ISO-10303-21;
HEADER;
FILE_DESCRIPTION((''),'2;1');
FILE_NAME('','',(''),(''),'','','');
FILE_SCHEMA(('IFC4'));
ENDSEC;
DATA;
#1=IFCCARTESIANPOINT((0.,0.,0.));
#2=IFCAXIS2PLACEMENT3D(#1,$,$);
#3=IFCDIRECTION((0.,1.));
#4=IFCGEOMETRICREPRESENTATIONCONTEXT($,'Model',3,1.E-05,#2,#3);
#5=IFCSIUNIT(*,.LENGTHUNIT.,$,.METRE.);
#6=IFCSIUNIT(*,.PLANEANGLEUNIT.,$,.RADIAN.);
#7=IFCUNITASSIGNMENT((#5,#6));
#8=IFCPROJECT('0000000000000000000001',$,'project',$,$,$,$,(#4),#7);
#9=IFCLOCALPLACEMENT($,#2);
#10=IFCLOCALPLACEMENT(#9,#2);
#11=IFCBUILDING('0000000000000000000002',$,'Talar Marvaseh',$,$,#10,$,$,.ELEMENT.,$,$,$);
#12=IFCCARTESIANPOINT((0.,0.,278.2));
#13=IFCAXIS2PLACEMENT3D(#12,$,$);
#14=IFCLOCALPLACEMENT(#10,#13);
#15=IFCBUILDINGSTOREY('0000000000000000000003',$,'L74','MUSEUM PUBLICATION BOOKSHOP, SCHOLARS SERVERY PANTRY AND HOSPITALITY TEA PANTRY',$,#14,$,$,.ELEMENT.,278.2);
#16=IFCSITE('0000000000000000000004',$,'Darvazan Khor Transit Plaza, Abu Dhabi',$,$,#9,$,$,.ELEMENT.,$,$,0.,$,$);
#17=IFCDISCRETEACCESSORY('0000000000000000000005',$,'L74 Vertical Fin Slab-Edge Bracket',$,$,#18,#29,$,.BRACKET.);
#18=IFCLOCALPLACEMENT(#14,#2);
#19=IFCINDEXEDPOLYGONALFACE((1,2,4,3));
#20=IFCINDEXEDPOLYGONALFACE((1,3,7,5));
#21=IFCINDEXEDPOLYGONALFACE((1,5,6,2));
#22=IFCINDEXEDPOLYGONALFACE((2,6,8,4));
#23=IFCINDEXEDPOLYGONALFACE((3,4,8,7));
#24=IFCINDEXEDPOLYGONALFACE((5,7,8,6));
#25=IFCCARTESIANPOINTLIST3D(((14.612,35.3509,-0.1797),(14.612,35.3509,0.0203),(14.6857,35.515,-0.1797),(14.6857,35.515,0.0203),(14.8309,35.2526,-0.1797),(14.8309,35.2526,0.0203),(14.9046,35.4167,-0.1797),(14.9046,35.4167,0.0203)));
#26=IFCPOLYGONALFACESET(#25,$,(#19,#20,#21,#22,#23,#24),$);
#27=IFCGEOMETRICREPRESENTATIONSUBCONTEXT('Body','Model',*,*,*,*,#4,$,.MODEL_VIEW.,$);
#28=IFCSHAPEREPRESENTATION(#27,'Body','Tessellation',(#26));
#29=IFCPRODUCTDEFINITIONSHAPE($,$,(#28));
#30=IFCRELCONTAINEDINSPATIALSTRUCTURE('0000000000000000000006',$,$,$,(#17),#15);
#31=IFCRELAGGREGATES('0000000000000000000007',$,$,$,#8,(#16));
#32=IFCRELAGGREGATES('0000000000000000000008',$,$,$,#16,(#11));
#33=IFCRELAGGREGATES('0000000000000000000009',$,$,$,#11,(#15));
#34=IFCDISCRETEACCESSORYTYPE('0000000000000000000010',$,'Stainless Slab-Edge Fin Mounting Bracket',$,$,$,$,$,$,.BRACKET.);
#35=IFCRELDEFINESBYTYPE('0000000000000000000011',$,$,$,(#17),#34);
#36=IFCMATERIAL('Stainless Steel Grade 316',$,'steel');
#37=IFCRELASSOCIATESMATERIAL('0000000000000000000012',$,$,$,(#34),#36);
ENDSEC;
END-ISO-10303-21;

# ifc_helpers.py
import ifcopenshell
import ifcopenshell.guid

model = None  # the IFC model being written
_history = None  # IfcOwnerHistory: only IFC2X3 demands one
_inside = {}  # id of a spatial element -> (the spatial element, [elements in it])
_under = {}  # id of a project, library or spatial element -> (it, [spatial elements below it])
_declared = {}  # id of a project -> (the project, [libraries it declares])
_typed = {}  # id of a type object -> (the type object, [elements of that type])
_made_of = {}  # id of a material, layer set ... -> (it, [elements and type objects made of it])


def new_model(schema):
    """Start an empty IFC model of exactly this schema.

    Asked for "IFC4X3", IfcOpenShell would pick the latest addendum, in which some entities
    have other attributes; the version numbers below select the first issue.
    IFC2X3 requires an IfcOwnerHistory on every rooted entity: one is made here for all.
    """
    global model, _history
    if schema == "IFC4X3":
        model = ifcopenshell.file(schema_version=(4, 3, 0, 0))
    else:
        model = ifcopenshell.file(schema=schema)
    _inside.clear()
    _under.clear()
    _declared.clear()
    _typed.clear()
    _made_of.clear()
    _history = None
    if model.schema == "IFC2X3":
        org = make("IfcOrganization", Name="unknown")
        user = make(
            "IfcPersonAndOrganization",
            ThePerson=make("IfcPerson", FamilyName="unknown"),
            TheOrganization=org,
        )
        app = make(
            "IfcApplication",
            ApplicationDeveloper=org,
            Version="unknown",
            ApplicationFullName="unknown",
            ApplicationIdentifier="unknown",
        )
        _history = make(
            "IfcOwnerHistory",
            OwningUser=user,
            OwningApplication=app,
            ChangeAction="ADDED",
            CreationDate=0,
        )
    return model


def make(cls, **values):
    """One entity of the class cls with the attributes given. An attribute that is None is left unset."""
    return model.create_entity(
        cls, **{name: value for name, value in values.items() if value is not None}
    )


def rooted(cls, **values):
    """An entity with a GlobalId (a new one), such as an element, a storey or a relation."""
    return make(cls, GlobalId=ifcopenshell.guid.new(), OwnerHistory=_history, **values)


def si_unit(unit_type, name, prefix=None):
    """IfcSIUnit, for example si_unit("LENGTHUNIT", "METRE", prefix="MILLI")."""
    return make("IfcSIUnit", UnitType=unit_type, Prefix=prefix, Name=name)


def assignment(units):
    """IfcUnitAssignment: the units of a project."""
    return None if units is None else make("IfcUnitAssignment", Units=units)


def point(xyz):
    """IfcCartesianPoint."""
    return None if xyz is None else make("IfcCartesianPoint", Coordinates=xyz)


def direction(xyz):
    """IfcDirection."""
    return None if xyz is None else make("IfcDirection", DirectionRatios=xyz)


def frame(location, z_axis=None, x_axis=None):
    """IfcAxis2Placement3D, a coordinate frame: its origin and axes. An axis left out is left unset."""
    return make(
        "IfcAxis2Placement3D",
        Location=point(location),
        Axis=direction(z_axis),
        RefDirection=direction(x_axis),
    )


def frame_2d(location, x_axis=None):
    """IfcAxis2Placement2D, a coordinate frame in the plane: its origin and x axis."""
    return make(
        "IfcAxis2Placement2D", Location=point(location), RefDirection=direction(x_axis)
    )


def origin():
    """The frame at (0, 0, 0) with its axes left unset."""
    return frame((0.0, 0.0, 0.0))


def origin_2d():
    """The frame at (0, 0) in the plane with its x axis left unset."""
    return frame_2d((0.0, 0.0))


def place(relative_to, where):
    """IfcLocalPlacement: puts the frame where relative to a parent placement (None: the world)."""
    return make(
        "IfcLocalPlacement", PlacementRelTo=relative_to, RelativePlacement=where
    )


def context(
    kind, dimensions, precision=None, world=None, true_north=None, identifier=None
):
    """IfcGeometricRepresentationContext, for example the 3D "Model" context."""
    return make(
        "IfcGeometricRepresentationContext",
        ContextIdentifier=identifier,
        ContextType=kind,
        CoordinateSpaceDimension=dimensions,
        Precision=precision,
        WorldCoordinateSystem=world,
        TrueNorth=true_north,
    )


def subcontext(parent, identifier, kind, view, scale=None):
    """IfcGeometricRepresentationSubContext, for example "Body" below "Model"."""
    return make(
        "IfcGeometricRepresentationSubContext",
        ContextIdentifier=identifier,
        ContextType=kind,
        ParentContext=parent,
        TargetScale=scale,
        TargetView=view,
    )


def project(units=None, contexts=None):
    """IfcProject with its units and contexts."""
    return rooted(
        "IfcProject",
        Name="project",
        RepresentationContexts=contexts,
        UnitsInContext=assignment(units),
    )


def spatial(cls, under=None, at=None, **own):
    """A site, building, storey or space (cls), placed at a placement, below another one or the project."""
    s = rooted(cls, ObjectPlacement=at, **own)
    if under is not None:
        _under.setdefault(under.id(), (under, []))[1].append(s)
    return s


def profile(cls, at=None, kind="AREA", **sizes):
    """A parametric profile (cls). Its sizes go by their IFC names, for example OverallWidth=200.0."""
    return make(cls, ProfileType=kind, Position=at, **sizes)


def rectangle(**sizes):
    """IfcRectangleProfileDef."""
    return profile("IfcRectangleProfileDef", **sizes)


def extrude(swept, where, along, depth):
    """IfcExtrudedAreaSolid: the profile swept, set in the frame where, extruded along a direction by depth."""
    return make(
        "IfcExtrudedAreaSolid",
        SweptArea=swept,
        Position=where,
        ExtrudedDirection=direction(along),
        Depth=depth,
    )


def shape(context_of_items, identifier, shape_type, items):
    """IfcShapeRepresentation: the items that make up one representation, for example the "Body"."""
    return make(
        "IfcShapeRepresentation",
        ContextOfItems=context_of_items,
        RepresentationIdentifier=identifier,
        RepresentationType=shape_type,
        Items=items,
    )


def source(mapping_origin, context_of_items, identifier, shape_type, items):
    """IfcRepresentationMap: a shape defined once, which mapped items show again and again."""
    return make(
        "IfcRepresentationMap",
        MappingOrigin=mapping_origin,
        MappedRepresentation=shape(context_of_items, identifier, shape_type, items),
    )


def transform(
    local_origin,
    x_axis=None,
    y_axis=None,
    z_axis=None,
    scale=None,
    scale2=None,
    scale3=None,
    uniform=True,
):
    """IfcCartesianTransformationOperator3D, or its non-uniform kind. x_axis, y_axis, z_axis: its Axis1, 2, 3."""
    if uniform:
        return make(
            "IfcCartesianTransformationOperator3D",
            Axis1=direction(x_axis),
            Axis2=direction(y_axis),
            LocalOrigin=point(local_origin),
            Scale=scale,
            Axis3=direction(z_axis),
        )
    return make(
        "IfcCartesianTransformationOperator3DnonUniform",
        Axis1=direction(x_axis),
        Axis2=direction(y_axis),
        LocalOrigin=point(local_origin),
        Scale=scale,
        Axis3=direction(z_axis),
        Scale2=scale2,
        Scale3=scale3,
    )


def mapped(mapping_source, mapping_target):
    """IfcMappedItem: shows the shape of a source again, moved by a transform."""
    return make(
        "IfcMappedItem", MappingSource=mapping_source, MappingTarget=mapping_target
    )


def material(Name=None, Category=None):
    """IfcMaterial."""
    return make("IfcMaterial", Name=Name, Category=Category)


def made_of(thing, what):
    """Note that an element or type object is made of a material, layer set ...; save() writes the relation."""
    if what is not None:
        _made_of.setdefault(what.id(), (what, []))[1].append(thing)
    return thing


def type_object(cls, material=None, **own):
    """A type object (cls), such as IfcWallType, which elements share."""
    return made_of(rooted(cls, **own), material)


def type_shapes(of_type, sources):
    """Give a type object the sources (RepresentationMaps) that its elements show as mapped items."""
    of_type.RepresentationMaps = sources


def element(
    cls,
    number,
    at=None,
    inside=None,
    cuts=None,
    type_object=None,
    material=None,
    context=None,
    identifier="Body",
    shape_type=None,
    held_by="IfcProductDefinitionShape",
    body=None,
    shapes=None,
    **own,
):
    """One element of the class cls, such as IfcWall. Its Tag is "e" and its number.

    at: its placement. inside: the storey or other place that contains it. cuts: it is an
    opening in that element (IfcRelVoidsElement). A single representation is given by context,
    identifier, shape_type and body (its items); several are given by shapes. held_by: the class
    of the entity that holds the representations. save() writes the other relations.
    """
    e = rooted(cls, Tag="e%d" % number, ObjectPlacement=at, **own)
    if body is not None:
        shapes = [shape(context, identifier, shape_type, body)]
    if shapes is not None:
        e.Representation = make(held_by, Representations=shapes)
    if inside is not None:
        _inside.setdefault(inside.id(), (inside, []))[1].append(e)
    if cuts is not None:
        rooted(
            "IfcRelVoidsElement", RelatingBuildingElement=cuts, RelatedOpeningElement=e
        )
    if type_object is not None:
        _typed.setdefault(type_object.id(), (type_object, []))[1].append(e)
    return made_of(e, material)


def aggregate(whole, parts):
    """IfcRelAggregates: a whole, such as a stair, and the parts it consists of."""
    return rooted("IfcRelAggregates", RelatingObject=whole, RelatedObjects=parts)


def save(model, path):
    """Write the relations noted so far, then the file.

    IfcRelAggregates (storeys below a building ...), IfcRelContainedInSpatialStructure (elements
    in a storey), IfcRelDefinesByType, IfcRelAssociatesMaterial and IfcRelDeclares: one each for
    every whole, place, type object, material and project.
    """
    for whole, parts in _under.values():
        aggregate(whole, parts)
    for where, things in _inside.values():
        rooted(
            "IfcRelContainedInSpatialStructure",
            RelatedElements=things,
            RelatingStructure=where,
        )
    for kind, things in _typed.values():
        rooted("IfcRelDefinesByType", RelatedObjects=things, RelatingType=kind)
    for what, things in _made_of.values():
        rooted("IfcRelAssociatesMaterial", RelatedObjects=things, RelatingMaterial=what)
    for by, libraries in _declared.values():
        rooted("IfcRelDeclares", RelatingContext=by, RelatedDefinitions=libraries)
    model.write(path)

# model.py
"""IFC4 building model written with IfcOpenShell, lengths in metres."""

from ifc_helpers import new_model, si_unit, direction, frame, origin, origin_2d, place, context, subcontext, project, spatial, rectangle, extrude, source, transform, mapped, material, type_object, type_shapes, element, save


model = new_model("IFC4")

# Units and contexts
model_context = context("Model", 3, precision=1e-05, world=origin(), true_north=direction((0.0, 1.0)))
body_context = subcontext(model_context, "Body", "Model", "MODEL_VIEW")
ifc_project = project(units=[si_unit("LENGTHUNIT", "METRE"), si_unit("PLANEANGLEUNIT", "RADIAN")], contexts=[model_context])

# Site, building, storey
site_placement = place(None, origin())
site = spatial("IfcSite", under=ifc_project, at=site_placement, Name="Darvazan Khor Transit Plaza, Abu Dhabi", CompositionType="ELEMENT", RefElevation=0.0)
building_placement = place(site_placement, origin())
building = spatial("IfcBuilding", under=site, at=building_placement, Name="Talar Marvaseh", CompositionType="ELEMENT")
storey_placement = place(building_placement, frame((0.0, 0.0, 278.2)))
storey = spatial("IfcBuildingStorey", under=building, at=storey_placement, Name="L74", Description="MUSEUM PUBLICATION BOOKSHOP, SCHOLARS SERVERY PANTRY AND HOSPITALITY TEA PANTRY", CompositionType="ELEMENT", Elevation=278.2)

# Discrete accessory
ifc_material_1 = material(Name="Stainless Steel Grade 316", Category="steel")
discrete_accessory_type = type_object("IfcDiscreteAccessoryType", Name="Stainless Slab-Edge Fin Mounting Bracket", PredefinedType="BRACKET", material=ifc_material_1)
shared_shape_1 = source(origin(), body_context, "Body", "SweptSolid", [
    extrude(rectangle(XDim=0.24, YDim=0.1799, at=origin_2d()), origin(), (0.0, 0.0, 1.0), 0.2),
])
type_shapes(discrete_accessory_type, [shared_shape_1])
for number, where, z_axis, x_axis, name in (
    (1, (14.7583, 35.3838, -0.1797), (0.0, 0.0, 1.0), (-0.912263, 0.409605, 0.0), "L74 Vertical Fin Slab-Edge Bracket"),
):
    element("IfcDiscreteAccessory", number, at=place(storey_placement, frame(where, z_axis=z_axis, x_axis=x_axis)), inside=storey, type_object=discrete_accessory_type, Name=name, PredefinedType="BRACKET", context=body_context, shape_type="MappedRepresentation", body=[
        mapped(shared_shape_1, transform((0.0, 0.0, 0.0), x_axis=(1.0, 0.0, 0.0), y_axis=(0.0, 1.0, 0.0), z_axis=(0.0, 0.0, 1.0), scale=1.0)),
    ])

save(model, "model.ifc")
